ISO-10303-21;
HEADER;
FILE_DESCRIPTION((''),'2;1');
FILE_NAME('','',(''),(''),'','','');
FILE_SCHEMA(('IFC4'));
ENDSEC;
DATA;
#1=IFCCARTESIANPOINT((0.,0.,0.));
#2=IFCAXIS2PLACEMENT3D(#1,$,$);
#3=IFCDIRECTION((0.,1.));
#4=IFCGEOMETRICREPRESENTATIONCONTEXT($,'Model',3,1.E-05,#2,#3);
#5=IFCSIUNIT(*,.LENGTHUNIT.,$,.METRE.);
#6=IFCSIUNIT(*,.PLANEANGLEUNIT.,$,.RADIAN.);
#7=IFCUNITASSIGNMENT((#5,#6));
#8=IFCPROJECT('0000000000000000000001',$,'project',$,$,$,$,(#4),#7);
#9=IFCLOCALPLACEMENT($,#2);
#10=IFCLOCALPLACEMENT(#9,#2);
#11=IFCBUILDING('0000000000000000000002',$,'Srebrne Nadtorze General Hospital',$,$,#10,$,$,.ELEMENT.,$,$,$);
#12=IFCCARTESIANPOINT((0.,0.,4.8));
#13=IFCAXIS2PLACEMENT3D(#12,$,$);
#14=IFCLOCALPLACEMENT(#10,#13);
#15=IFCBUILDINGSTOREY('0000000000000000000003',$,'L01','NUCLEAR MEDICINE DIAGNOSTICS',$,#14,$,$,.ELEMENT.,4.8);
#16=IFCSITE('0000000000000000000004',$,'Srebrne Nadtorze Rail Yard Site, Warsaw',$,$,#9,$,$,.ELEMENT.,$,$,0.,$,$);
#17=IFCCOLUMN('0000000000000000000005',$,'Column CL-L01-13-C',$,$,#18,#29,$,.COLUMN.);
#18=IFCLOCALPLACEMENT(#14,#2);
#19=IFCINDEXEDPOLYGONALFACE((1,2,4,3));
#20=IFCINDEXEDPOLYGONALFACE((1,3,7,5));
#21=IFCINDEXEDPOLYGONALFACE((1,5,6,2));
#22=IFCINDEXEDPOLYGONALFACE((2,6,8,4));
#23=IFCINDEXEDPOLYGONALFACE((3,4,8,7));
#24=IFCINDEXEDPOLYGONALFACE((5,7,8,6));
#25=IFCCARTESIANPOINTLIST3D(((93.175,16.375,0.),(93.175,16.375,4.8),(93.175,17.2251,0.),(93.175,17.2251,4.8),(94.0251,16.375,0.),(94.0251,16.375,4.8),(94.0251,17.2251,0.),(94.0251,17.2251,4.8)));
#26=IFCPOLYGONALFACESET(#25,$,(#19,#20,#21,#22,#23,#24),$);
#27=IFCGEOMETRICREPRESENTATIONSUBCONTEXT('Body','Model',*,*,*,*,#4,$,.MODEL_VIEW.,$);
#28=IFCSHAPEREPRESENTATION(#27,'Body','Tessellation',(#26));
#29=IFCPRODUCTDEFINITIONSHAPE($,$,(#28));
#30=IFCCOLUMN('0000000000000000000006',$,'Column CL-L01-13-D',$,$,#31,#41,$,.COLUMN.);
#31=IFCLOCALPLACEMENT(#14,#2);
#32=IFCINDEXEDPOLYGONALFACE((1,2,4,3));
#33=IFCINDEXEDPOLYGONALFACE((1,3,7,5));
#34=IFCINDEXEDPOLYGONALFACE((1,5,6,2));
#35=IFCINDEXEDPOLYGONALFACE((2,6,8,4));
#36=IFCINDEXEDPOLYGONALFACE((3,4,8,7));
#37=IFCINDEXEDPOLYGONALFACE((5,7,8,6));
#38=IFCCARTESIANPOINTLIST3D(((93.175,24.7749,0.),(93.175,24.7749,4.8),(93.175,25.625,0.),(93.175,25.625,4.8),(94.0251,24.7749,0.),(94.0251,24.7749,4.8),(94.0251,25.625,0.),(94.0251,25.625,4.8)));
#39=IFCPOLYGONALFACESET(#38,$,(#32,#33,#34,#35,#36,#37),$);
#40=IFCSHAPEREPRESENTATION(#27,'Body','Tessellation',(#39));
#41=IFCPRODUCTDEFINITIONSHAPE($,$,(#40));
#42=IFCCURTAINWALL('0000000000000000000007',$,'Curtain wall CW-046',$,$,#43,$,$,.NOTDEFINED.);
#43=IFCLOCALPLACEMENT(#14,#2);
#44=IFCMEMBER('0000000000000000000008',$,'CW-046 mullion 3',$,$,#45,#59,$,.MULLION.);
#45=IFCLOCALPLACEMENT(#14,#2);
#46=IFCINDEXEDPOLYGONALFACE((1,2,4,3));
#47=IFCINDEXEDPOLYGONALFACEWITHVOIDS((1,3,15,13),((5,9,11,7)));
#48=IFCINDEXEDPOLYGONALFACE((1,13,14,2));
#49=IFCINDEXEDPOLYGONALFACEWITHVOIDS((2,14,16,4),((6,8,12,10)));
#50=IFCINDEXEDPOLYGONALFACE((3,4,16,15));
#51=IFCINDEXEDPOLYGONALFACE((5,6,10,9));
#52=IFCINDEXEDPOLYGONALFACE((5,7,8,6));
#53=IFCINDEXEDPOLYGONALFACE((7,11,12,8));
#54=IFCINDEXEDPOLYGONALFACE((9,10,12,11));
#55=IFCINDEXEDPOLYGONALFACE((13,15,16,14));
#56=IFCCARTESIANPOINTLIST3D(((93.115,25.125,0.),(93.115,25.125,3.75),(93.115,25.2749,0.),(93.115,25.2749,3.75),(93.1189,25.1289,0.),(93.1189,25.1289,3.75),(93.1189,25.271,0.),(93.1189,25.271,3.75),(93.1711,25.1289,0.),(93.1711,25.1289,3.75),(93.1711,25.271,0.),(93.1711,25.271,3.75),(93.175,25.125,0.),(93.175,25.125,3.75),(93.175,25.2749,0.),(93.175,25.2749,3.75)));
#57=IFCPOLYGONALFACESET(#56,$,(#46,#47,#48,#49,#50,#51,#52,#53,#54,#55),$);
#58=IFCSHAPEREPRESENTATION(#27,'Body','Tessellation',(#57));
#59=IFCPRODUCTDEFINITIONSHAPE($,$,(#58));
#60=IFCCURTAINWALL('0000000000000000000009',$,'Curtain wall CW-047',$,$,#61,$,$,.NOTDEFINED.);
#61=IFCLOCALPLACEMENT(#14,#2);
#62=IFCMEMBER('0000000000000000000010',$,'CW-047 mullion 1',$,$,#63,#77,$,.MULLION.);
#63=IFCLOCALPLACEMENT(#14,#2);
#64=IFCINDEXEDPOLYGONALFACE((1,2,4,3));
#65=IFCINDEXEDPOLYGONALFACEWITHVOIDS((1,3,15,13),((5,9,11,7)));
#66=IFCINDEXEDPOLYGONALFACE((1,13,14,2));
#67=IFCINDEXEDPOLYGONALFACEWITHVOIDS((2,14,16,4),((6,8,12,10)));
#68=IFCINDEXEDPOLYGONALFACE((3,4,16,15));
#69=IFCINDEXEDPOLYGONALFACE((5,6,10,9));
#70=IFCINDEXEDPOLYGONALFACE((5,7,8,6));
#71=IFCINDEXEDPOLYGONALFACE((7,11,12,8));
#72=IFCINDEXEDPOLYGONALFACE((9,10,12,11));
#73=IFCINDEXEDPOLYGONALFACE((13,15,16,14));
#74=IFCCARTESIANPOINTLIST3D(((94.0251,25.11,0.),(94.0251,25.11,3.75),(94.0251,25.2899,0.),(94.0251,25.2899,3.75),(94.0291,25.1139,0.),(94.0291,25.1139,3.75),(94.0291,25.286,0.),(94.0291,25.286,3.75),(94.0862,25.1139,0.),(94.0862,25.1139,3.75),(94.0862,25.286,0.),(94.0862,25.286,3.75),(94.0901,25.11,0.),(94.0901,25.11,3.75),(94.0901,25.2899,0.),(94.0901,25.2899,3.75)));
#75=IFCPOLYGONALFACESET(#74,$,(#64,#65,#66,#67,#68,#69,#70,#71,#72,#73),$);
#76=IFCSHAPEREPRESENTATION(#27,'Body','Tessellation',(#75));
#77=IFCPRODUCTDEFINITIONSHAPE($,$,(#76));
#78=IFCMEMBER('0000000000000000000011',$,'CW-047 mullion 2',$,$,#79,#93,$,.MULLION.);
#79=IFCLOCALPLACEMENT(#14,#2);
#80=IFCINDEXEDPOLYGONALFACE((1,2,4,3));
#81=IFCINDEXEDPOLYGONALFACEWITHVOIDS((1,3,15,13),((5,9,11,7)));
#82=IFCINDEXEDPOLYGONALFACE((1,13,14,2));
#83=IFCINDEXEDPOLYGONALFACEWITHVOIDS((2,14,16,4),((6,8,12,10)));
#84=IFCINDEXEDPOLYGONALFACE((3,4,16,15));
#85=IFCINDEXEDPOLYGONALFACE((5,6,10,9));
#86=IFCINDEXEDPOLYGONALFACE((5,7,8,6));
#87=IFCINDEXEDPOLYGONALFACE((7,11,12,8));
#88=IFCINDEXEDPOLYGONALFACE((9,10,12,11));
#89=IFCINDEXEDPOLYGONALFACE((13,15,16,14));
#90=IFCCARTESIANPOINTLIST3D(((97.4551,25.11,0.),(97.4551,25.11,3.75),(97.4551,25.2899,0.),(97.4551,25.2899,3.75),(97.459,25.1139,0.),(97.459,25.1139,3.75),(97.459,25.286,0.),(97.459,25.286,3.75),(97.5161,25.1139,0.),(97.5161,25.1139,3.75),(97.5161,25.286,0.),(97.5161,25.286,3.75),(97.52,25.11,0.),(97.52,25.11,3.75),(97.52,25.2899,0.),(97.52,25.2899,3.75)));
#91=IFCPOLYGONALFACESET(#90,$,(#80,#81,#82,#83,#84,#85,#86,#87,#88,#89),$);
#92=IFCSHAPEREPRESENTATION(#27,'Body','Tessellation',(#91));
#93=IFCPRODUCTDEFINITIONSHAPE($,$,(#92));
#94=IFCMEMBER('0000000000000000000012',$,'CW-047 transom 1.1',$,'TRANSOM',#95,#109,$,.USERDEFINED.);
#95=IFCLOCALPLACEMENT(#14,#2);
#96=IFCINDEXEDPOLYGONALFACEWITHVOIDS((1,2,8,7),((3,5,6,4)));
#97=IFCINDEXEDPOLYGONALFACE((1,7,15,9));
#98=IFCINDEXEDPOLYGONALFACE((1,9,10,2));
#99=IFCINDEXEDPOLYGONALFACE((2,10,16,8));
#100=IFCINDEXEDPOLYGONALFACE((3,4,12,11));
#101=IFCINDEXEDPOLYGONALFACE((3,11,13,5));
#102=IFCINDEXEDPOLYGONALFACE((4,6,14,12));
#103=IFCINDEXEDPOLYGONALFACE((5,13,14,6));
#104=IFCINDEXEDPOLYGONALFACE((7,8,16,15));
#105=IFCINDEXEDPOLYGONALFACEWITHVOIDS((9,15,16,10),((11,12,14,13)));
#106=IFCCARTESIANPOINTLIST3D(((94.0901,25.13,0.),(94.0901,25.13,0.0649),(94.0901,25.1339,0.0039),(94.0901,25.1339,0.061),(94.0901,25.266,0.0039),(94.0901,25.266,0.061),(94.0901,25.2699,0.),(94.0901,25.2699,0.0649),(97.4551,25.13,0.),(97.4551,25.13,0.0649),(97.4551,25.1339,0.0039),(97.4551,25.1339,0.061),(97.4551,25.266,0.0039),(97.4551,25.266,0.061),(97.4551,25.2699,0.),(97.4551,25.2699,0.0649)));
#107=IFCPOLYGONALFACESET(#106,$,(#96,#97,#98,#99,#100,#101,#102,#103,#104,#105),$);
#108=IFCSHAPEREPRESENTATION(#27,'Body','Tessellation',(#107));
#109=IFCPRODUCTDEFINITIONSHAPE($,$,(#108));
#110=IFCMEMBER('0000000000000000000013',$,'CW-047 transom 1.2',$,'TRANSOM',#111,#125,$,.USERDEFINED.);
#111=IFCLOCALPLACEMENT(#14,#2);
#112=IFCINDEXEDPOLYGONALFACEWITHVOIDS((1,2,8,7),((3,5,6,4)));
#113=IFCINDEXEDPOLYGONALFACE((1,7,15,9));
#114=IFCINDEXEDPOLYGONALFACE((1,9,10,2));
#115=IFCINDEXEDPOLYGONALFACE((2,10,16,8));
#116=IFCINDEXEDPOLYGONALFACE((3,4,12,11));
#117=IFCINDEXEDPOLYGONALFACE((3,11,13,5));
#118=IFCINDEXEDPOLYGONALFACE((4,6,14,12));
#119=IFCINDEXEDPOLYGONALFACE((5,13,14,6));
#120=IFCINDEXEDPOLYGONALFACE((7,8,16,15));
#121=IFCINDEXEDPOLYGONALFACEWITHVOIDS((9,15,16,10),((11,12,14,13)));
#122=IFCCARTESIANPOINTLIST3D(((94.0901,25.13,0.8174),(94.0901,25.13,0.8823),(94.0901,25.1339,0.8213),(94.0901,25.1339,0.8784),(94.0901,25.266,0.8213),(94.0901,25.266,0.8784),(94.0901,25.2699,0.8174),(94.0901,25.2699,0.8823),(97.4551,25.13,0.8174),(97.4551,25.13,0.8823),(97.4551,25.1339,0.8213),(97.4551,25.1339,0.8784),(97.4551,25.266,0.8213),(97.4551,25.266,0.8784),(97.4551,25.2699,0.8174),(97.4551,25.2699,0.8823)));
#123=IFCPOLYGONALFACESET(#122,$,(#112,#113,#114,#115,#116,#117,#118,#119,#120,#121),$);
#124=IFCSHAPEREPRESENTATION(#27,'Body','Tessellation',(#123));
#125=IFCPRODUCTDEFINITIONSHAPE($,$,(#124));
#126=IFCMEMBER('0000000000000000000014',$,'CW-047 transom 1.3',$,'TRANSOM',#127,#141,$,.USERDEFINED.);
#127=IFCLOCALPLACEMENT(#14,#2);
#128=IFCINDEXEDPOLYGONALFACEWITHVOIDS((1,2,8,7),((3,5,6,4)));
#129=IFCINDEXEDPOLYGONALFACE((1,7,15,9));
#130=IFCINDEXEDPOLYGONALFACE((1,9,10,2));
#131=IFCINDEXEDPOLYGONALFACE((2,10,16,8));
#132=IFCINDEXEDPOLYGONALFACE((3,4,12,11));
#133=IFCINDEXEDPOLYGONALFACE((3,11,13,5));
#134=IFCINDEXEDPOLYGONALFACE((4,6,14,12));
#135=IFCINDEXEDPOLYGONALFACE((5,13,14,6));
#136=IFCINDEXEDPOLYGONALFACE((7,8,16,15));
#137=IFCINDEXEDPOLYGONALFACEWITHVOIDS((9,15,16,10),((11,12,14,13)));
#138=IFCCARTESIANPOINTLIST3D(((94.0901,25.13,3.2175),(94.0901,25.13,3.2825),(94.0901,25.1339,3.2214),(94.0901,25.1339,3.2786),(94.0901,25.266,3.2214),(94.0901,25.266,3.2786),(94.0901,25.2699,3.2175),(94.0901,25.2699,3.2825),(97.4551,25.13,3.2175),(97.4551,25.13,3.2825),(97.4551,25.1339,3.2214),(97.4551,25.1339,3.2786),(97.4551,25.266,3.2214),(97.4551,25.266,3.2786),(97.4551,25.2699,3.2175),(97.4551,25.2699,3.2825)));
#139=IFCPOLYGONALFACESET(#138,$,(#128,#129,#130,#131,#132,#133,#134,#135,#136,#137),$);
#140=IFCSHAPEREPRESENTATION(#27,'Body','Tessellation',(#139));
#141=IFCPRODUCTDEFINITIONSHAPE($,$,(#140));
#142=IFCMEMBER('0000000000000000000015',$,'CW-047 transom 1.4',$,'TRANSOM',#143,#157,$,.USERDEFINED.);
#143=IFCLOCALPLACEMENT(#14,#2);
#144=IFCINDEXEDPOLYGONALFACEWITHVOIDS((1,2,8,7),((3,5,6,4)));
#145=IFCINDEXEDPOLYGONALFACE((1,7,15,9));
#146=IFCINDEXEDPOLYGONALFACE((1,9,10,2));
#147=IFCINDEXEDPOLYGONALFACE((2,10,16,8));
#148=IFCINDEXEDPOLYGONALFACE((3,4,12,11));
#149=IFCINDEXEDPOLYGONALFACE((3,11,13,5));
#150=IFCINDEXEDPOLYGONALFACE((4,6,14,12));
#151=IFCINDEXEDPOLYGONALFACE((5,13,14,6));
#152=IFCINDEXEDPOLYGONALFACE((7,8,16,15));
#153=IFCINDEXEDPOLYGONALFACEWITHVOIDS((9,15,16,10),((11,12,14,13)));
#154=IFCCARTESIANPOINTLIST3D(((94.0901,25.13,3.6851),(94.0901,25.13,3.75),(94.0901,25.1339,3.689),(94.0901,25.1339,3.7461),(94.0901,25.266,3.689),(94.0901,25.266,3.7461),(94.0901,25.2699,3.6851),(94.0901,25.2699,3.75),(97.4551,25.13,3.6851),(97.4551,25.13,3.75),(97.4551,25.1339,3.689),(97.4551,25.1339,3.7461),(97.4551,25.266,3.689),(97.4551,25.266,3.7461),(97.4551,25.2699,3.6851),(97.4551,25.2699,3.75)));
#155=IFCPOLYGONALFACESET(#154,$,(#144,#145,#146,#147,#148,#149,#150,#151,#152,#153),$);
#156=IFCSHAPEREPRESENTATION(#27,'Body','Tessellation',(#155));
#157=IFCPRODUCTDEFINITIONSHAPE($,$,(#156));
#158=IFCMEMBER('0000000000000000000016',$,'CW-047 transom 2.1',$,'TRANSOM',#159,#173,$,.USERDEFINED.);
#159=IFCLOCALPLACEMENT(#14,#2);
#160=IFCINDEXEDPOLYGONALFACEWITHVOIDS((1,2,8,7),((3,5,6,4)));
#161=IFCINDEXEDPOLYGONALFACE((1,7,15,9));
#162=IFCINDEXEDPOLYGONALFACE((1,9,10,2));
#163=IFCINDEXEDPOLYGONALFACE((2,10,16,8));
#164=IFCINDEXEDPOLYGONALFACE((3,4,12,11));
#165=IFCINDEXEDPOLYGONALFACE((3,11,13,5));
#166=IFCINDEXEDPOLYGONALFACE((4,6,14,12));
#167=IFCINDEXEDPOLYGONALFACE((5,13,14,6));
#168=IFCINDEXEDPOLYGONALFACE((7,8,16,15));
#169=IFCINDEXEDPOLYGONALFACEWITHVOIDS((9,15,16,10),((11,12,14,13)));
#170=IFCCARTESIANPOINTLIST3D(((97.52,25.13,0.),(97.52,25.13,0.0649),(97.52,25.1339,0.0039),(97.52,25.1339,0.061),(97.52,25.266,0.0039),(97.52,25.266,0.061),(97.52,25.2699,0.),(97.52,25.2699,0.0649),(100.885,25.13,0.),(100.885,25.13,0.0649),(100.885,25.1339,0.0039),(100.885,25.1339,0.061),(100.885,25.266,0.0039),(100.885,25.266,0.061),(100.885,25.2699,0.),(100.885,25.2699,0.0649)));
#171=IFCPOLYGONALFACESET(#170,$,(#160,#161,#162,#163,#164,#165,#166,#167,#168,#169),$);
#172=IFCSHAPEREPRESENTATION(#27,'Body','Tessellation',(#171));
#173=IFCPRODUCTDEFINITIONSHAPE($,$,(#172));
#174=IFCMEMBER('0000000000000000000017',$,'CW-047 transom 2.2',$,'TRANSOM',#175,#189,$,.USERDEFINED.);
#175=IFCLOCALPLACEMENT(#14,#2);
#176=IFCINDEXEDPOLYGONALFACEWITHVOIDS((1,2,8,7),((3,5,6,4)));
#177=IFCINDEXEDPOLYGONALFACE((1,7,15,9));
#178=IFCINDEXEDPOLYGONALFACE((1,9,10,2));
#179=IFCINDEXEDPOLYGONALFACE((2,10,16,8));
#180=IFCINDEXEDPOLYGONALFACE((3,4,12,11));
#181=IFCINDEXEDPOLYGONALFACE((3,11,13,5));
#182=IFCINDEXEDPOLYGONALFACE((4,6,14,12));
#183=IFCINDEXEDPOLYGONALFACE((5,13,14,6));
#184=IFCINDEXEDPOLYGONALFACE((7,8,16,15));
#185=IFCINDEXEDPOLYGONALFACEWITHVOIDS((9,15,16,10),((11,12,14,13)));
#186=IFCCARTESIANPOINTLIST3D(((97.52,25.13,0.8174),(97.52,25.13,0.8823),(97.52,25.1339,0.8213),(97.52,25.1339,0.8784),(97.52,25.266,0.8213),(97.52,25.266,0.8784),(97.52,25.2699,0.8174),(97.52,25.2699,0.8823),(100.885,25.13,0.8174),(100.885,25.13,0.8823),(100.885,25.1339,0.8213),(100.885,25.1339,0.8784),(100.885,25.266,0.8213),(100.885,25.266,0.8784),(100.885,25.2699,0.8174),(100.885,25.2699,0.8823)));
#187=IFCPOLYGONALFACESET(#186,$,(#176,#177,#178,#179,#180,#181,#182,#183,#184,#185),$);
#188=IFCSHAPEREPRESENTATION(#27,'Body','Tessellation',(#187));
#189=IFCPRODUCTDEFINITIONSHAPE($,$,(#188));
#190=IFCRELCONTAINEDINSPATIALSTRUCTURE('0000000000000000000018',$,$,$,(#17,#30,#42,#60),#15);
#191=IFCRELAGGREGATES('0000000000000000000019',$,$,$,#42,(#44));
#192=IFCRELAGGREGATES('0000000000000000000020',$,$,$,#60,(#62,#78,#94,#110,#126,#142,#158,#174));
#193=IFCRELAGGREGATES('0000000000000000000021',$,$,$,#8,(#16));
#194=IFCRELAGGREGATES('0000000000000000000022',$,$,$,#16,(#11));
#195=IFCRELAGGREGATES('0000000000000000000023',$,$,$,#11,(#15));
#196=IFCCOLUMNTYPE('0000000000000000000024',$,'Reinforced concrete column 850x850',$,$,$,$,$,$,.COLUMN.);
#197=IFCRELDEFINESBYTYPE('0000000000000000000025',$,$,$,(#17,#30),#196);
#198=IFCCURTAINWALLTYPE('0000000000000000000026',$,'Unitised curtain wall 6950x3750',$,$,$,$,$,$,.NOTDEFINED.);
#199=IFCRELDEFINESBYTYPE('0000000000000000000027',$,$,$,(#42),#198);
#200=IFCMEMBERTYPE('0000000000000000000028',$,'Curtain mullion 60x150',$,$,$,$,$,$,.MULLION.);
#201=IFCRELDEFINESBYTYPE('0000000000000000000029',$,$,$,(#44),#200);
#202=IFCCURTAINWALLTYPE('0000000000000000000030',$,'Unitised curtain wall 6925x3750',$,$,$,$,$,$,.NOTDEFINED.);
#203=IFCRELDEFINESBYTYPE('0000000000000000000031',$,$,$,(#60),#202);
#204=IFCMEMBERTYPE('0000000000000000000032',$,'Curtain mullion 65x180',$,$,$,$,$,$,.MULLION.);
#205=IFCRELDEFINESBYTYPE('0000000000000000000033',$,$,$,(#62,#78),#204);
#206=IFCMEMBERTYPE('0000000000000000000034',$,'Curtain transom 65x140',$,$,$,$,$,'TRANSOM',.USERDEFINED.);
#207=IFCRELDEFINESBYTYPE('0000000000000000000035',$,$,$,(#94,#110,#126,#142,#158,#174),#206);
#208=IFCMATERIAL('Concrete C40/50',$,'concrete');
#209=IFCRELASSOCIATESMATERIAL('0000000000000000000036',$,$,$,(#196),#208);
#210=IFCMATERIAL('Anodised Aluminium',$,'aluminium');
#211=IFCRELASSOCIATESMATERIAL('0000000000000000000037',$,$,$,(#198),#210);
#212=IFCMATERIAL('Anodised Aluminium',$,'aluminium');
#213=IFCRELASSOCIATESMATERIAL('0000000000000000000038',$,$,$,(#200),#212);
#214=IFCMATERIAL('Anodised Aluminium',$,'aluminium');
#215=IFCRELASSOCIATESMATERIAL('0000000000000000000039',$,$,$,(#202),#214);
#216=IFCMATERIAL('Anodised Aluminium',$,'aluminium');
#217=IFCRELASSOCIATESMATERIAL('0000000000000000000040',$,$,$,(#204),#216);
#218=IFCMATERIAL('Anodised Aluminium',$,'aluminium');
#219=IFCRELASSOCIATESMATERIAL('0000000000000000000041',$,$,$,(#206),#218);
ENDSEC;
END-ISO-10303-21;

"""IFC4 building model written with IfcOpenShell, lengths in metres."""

from ifc_helpers import new_model, si_unit, direction, frame, origin, origin_2d, place, context, subcontext, project, spatial, rectangle, hollow_rectangle, extrude, material, material_profile, profile_set, type_object, element, aggregate, save


model = new_model("IFC4")

# Units and contexts
model_context = context("Model", 3, precision=1e-05, world=origin(), true_north=direction((0.0, 1.0)))
body_context = subcontext(model_context, "Body", "Model", "MODEL_VIEW")
ifc_project = project(units=[si_unit("LENGTHUNIT", "METRE"), si_unit("PLANEANGLEUNIT", "RADIAN")], contexts=[model_context])

# Site, building, storey
site_placement = place(None, origin())
site = spatial("IfcSite", under=ifc_project, at=site_placement, Name="Srebrne Nadtorze Rail Yard Site, Warsaw", CompositionType="ELEMENT", RefElevation=0.0)
building_placement = place(site_placement, origin())
building = spatial("IfcBuilding", under=site, at=building_placement, Name="Srebrne Nadtorze General Hospital", CompositionType="ELEMENT")
storey_placement = place(building_placement, frame((0.0, 0.0, 4.8)))
storey = spatial("IfcBuildingStorey", under=building, at=storey_placement, Name="L01", Description="NUCLEAR MEDICINE DIAGNOSTICS", CompositionType="ELEMENT", Elevation=4.8)

# Columns
ifc_material_1 = material(Name="Concrete C40/50", Category="concrete")
ifc_material_profile_1 = material_profile(ifc_material_1, rectangle(XDim=0.8501, YDim=0.8501, at=origin_2d()), Name="RC-COL-850x850")
ifc_profile_set_1 = profile_set([ifc_material_profile_1], Name="Concrete C40/50")
column_type = type_object("IfcColumnType", Name="Reinforced concrete column 850x850", PredefinedType="COLUMN", material=ifc_profile_set_1)
for number, where, z_axis, x_axis, name in (
    (1, (93.6001, 16.8, 0.0), (0.0, 0.0, 1.0), (1.0, 0.0, 0.0), "Column CL-L01-13-C"),
    (2, (93.6001, 25.2, 0.0), (0.0, 0.0, 1.0), (1.0, 0.0, 0.0), "Column CL-L01-13-D"),
):
    element("IfcColumn", number, at=place(storey_placement, frame(where, z_axis=z_axis, x_axis=x_axis)), inside=storey, type_object=column_type, Name=name, PredefinedType="COLUMN", context=body_context, shape_type="SweptSolid", body=[
        extrude(rectangle(XDim=0.8501, YDim=0.8501, at=origin_2d()), origin(), (0.0, 0.0, 1.0), 4.8),
    ])

# Curtain wall, member
ifc_material_2 = material(Name="Anodised Aluminium", Category="aluminium")
curtain_wall_type_1 = type_object("IfcCurtainWallType", Name="Unitised curtain wall 6950x3750", PredefinedType="NOTDEFINED", material=ifc_material_2)
curtain_wall_1_placement = place(storey_placement, origin())
curtain_wall_1 = element("IfcCurtainWall", 3, at=curtain_wall_1_placement, inside=storey, type_object=curtain_wall_type_1, Name="Curtain wall CW-046", PredefinedType="NOTDEFINED")
ifc_material_3 = material(Name="Anodised Aluminium", Category="aluminium")
ifc_material_profile_2 = material_profile(ifc_material_3, hollow_rectangle(XDim=0.0601, YDim=0.1499, WallThickness=0.0039, at=origin_2d()), Name="AL-MUL-60x150")
ifc_profile_set_2 = profile_set([ifc_material_profile_2], Name="Anodised Aluminium")
member_type_1 = type_object("IfcMemberType", Name="Curtain mullion 60x150", PredefinedType="MULLION", material=ifc_profile_set_2)
member_1_placement = place(storey_placement, frame((93.145, 25.2, 0.0), z_axis=(0.0, 0.0, 1.0), x_axis=(1.0, 0.0, 0.0)))
member_1 = element("IfcMember", 4, at=member_1_placement, type_object=member_type_1, Name="CW-046 mullion 3", PredefinedType="MULLION", context=body_context, shape_type="SweptSolid", body=[
    extrude(hollow_rectangle(XDim=0.0601, YDim=0.1499, WallThickness=0.0039, at=origin_2d()), origin(), (0.0, 0.0, 1.0), 3.75),
])

# Curtain wall, members
ifc_material_4 = material(Name="Anodised Aluminium", Category="aluminium")
curtain_wall_type_2 = type_object("IfcCurtainWallType", Name="Unitised curtain wall 6925x3750", PredefinedType="NOTDEFINED", material=ifc_material_4)
curtain_wall_2_placement = place(storey_placement, origin())
curtain_wall_2 = element("IfcCurtainWall", 5, at=curtain_wall_2_placement, inside=storey, type_object=curtain_wall_type_2, Name="Curtain wall CW-047", PredefinedType="NOTDEFINED")
ifc_material_5 = material(Name="Anodised Aluminium", Category="aluminium")
ifc_material_profile_3 = material_profile(ifc_material_5, hollow_rectangle(XDim=0.0649, YDim=0.1799, WallThickness=0.0039, at=origin_2d()), Name="AL-MUL-65x180")
ifc_profile_set_3 = profile_set([ifc_material_profile_3], Name="Anodised Aluminium")
member_type_2 = type_object("IfcMemberType", Name="Curtain mullion 65x180", PredefinedType="MULLION", material=ifc_profile_set_3)
member_2_placement = place(storey_placement, frame((94.0576, 25.2, 0.0), z_axis=(0.0, 0.0, 1.0), x_axis=(1.0, 0.0, 0.0)))
member_2 = element("IfcMember", 6, at=member_2_placement, type_object=member_type_2, Name="CW-047 mullion 1", PredefinedType="MULLION", context=body_context, shape_type="SweptSolid", body=[
    extrude(hollow_rectangle(XDim=0.0649, YDim=0.1799, WallThickness=0.0039, at=origin_2d()), origin(), (0.0, 0.0, 1.0), 3.75),
])
member_3_placement = place(storey_placement, frame((97.4875, 25.2, 0.0), z_axis=(0.0, 0.0, 1.0), x_axis=(1.0, 0.0, 0.0)))
member_3 = element("IfcMember", 7, at=member_3_placement, type_object=member_type_2, Name="CW-047 mullion 2", PredefinedType="MULLION", context=body_context, shape_type="SweptSolid", body=[
    extrude(hollow_rectangle(XDim=0.0649, YDim=0.1799, WallThickness=0.0039, at=origin_2d()), origin(), (0.0, 0.0, 1.0), 3.75),
])
ifc_material_6 = material(Name="Anodised Aluminium", Category="aluminium")
ifc_material_profile_4 = material_profile(ifc_material_6, hollow_rectangle(XDim=0.0649, YDim=0.1399, WallThickness=0.0039, at=origin_2d()), Name="AL-TRN-65x140")
ifc_profile_set_4 = profile_set([ifc_material_profile_4], Name="Anodised Aluminium")
member_type_3 = type_object("IfcMemberType", Name="Curtain transom 65x140", ElementType="TRANSOM", PredefinedType="USERDEFINED", material=ifc_profile_set_4)
member_4_placement = place(storey_placement, frame((94.0901, 25.2, 0.0325), z_axis=(1.0, 0.0, 0.0), x_axis=(0.0, 0.0, 1.0)))
member_4 = element("IfcMember", 8, at=member_4_placement, type_object=member_type_3, Name="CW-047 transom 1.1", ObjectType="TRANSOM", PredefinedType="USERDEFINED", context=body_context, shape_type="SweptSolid", body=[
    extrude(hollow_rectangle(XDim=0.0649, YDim=0.1399, WallThickness=0.0039, at=origin_2d()), origin(), (0.0, 0.0, 1.0), 3.365),
])
member_5_placement = place(storey_placement, frame((94.0901, 25.2, 0.8499), z_axis=(1.0, 0.0, 0.0), x_axis=(0.0, 0.0, 1.0)))
member_5 = element("IfcMember", 9, at=member_5_placement, type_object=member_type_3, Name="CW-047 transom 1.2", ObjectType="TRANSOM", PredefinedType="USERDEFINED", context=body_context, shape_type="SweptSolid", body=[
    extrude(hollow_rectangle(XDim=0.0649, YDim=0.1399, WallThickness=0.0039, at=origin_2d()), origin(), (0.0, 0.0, 1.0), 3.365),
])
member_6_placement = place(storey_placement, frame((94.0901, 25.2, 3.25), z_axis=(1.0, 0.0, 0.0), x_axis=(0.0, 0.0, 1.0)))
member_6 = element("IfcMember", 10, at=member_6_placement, type_object=member_type_3, Name="CW-047 transom 1.3", ObjectType="TRANSOM", PredefinedType="USERDEFINED", context=body_context, shape_type="SweptSolid", body=[
    extrude(hollow_rectangle(XDim=0.0649, YDim=0.1399, WallThickness=0.0039, at=origin_2d()), origin(), (0.0, 0.0, 1.0), 3.365),
])
member_7_placement = place(storey_placement, frame((94.0901, 25.2, 3.7175), z_axis=(1.0, 0.0, 0.0), x_axis=(0.0, 0.0, 1.0)))
member_7 = element("IfcMember", 11, at=member_7_placement, type_object=member_type_3, Name="CW-047 transom 1.4", ObjectType="TRANSOM", PredefinedType="USERDEFINED", context=body_context, shape_type="SweptSolid", body=[
    extrude(hollow_rectangle(XDim=0.0649, YDim=0.1399, WallThickness=0.0039, at=origin_2d()), origin(), (0.0, 0.0, 1.0), 3.365),
])
member_8_placement = place(storey_placement, frame((97.52, 25.2, 0.0325), z_axis=(1.0, 0.0, 0.0), x_axis=(0.0, 0.0, 1.0)))
member_8 = element("IfcMember", 12, at=member_8_placement, type_object=member_type_3, Name="CW-047 transom 2.1", ObjectType="TRANSOM", PredefinedType="USERDEFINED", context=body_context, shape_type="SweptSolid", body=[
    extrude(hollow_rectangle(XDim=0.0649, YDim=0.1399, WallThickness=0.0039, at=origin_2d()), origin(), (0.0, 0.0, 1.0), 3.365),
])
member_9_placement = place(storey_placement, frame((97.52, 25.2, 0.8499), z_axis=(1.0, 0.0, 0.0), x_axis=(0.0, 0.0, 1.0)))
member_9 = element("IfcMember", 13, at=member_9_placement, type_object=member_type_3, Name="CW-047 transom 2.2", ObjectType="TRANSOM", PredefinedType="USERDEFINED", context=body_context, shape_type="SweptSolid", body=[
    extrude(hollow_rectangle(XDim=0.0649, YDim=0.1399, WallThickness=0.0039, at=origin_2d()), origin(), (0.0, 0.0, 1.0), 3.365),
])

aggregate(curtain_wall_1, [member_1])
aggregate(curtain_wall_2, [member_2, member_3, member_4, member_5, member_6, member_7, member_8, member_9])

save(model, "model.ifc")
